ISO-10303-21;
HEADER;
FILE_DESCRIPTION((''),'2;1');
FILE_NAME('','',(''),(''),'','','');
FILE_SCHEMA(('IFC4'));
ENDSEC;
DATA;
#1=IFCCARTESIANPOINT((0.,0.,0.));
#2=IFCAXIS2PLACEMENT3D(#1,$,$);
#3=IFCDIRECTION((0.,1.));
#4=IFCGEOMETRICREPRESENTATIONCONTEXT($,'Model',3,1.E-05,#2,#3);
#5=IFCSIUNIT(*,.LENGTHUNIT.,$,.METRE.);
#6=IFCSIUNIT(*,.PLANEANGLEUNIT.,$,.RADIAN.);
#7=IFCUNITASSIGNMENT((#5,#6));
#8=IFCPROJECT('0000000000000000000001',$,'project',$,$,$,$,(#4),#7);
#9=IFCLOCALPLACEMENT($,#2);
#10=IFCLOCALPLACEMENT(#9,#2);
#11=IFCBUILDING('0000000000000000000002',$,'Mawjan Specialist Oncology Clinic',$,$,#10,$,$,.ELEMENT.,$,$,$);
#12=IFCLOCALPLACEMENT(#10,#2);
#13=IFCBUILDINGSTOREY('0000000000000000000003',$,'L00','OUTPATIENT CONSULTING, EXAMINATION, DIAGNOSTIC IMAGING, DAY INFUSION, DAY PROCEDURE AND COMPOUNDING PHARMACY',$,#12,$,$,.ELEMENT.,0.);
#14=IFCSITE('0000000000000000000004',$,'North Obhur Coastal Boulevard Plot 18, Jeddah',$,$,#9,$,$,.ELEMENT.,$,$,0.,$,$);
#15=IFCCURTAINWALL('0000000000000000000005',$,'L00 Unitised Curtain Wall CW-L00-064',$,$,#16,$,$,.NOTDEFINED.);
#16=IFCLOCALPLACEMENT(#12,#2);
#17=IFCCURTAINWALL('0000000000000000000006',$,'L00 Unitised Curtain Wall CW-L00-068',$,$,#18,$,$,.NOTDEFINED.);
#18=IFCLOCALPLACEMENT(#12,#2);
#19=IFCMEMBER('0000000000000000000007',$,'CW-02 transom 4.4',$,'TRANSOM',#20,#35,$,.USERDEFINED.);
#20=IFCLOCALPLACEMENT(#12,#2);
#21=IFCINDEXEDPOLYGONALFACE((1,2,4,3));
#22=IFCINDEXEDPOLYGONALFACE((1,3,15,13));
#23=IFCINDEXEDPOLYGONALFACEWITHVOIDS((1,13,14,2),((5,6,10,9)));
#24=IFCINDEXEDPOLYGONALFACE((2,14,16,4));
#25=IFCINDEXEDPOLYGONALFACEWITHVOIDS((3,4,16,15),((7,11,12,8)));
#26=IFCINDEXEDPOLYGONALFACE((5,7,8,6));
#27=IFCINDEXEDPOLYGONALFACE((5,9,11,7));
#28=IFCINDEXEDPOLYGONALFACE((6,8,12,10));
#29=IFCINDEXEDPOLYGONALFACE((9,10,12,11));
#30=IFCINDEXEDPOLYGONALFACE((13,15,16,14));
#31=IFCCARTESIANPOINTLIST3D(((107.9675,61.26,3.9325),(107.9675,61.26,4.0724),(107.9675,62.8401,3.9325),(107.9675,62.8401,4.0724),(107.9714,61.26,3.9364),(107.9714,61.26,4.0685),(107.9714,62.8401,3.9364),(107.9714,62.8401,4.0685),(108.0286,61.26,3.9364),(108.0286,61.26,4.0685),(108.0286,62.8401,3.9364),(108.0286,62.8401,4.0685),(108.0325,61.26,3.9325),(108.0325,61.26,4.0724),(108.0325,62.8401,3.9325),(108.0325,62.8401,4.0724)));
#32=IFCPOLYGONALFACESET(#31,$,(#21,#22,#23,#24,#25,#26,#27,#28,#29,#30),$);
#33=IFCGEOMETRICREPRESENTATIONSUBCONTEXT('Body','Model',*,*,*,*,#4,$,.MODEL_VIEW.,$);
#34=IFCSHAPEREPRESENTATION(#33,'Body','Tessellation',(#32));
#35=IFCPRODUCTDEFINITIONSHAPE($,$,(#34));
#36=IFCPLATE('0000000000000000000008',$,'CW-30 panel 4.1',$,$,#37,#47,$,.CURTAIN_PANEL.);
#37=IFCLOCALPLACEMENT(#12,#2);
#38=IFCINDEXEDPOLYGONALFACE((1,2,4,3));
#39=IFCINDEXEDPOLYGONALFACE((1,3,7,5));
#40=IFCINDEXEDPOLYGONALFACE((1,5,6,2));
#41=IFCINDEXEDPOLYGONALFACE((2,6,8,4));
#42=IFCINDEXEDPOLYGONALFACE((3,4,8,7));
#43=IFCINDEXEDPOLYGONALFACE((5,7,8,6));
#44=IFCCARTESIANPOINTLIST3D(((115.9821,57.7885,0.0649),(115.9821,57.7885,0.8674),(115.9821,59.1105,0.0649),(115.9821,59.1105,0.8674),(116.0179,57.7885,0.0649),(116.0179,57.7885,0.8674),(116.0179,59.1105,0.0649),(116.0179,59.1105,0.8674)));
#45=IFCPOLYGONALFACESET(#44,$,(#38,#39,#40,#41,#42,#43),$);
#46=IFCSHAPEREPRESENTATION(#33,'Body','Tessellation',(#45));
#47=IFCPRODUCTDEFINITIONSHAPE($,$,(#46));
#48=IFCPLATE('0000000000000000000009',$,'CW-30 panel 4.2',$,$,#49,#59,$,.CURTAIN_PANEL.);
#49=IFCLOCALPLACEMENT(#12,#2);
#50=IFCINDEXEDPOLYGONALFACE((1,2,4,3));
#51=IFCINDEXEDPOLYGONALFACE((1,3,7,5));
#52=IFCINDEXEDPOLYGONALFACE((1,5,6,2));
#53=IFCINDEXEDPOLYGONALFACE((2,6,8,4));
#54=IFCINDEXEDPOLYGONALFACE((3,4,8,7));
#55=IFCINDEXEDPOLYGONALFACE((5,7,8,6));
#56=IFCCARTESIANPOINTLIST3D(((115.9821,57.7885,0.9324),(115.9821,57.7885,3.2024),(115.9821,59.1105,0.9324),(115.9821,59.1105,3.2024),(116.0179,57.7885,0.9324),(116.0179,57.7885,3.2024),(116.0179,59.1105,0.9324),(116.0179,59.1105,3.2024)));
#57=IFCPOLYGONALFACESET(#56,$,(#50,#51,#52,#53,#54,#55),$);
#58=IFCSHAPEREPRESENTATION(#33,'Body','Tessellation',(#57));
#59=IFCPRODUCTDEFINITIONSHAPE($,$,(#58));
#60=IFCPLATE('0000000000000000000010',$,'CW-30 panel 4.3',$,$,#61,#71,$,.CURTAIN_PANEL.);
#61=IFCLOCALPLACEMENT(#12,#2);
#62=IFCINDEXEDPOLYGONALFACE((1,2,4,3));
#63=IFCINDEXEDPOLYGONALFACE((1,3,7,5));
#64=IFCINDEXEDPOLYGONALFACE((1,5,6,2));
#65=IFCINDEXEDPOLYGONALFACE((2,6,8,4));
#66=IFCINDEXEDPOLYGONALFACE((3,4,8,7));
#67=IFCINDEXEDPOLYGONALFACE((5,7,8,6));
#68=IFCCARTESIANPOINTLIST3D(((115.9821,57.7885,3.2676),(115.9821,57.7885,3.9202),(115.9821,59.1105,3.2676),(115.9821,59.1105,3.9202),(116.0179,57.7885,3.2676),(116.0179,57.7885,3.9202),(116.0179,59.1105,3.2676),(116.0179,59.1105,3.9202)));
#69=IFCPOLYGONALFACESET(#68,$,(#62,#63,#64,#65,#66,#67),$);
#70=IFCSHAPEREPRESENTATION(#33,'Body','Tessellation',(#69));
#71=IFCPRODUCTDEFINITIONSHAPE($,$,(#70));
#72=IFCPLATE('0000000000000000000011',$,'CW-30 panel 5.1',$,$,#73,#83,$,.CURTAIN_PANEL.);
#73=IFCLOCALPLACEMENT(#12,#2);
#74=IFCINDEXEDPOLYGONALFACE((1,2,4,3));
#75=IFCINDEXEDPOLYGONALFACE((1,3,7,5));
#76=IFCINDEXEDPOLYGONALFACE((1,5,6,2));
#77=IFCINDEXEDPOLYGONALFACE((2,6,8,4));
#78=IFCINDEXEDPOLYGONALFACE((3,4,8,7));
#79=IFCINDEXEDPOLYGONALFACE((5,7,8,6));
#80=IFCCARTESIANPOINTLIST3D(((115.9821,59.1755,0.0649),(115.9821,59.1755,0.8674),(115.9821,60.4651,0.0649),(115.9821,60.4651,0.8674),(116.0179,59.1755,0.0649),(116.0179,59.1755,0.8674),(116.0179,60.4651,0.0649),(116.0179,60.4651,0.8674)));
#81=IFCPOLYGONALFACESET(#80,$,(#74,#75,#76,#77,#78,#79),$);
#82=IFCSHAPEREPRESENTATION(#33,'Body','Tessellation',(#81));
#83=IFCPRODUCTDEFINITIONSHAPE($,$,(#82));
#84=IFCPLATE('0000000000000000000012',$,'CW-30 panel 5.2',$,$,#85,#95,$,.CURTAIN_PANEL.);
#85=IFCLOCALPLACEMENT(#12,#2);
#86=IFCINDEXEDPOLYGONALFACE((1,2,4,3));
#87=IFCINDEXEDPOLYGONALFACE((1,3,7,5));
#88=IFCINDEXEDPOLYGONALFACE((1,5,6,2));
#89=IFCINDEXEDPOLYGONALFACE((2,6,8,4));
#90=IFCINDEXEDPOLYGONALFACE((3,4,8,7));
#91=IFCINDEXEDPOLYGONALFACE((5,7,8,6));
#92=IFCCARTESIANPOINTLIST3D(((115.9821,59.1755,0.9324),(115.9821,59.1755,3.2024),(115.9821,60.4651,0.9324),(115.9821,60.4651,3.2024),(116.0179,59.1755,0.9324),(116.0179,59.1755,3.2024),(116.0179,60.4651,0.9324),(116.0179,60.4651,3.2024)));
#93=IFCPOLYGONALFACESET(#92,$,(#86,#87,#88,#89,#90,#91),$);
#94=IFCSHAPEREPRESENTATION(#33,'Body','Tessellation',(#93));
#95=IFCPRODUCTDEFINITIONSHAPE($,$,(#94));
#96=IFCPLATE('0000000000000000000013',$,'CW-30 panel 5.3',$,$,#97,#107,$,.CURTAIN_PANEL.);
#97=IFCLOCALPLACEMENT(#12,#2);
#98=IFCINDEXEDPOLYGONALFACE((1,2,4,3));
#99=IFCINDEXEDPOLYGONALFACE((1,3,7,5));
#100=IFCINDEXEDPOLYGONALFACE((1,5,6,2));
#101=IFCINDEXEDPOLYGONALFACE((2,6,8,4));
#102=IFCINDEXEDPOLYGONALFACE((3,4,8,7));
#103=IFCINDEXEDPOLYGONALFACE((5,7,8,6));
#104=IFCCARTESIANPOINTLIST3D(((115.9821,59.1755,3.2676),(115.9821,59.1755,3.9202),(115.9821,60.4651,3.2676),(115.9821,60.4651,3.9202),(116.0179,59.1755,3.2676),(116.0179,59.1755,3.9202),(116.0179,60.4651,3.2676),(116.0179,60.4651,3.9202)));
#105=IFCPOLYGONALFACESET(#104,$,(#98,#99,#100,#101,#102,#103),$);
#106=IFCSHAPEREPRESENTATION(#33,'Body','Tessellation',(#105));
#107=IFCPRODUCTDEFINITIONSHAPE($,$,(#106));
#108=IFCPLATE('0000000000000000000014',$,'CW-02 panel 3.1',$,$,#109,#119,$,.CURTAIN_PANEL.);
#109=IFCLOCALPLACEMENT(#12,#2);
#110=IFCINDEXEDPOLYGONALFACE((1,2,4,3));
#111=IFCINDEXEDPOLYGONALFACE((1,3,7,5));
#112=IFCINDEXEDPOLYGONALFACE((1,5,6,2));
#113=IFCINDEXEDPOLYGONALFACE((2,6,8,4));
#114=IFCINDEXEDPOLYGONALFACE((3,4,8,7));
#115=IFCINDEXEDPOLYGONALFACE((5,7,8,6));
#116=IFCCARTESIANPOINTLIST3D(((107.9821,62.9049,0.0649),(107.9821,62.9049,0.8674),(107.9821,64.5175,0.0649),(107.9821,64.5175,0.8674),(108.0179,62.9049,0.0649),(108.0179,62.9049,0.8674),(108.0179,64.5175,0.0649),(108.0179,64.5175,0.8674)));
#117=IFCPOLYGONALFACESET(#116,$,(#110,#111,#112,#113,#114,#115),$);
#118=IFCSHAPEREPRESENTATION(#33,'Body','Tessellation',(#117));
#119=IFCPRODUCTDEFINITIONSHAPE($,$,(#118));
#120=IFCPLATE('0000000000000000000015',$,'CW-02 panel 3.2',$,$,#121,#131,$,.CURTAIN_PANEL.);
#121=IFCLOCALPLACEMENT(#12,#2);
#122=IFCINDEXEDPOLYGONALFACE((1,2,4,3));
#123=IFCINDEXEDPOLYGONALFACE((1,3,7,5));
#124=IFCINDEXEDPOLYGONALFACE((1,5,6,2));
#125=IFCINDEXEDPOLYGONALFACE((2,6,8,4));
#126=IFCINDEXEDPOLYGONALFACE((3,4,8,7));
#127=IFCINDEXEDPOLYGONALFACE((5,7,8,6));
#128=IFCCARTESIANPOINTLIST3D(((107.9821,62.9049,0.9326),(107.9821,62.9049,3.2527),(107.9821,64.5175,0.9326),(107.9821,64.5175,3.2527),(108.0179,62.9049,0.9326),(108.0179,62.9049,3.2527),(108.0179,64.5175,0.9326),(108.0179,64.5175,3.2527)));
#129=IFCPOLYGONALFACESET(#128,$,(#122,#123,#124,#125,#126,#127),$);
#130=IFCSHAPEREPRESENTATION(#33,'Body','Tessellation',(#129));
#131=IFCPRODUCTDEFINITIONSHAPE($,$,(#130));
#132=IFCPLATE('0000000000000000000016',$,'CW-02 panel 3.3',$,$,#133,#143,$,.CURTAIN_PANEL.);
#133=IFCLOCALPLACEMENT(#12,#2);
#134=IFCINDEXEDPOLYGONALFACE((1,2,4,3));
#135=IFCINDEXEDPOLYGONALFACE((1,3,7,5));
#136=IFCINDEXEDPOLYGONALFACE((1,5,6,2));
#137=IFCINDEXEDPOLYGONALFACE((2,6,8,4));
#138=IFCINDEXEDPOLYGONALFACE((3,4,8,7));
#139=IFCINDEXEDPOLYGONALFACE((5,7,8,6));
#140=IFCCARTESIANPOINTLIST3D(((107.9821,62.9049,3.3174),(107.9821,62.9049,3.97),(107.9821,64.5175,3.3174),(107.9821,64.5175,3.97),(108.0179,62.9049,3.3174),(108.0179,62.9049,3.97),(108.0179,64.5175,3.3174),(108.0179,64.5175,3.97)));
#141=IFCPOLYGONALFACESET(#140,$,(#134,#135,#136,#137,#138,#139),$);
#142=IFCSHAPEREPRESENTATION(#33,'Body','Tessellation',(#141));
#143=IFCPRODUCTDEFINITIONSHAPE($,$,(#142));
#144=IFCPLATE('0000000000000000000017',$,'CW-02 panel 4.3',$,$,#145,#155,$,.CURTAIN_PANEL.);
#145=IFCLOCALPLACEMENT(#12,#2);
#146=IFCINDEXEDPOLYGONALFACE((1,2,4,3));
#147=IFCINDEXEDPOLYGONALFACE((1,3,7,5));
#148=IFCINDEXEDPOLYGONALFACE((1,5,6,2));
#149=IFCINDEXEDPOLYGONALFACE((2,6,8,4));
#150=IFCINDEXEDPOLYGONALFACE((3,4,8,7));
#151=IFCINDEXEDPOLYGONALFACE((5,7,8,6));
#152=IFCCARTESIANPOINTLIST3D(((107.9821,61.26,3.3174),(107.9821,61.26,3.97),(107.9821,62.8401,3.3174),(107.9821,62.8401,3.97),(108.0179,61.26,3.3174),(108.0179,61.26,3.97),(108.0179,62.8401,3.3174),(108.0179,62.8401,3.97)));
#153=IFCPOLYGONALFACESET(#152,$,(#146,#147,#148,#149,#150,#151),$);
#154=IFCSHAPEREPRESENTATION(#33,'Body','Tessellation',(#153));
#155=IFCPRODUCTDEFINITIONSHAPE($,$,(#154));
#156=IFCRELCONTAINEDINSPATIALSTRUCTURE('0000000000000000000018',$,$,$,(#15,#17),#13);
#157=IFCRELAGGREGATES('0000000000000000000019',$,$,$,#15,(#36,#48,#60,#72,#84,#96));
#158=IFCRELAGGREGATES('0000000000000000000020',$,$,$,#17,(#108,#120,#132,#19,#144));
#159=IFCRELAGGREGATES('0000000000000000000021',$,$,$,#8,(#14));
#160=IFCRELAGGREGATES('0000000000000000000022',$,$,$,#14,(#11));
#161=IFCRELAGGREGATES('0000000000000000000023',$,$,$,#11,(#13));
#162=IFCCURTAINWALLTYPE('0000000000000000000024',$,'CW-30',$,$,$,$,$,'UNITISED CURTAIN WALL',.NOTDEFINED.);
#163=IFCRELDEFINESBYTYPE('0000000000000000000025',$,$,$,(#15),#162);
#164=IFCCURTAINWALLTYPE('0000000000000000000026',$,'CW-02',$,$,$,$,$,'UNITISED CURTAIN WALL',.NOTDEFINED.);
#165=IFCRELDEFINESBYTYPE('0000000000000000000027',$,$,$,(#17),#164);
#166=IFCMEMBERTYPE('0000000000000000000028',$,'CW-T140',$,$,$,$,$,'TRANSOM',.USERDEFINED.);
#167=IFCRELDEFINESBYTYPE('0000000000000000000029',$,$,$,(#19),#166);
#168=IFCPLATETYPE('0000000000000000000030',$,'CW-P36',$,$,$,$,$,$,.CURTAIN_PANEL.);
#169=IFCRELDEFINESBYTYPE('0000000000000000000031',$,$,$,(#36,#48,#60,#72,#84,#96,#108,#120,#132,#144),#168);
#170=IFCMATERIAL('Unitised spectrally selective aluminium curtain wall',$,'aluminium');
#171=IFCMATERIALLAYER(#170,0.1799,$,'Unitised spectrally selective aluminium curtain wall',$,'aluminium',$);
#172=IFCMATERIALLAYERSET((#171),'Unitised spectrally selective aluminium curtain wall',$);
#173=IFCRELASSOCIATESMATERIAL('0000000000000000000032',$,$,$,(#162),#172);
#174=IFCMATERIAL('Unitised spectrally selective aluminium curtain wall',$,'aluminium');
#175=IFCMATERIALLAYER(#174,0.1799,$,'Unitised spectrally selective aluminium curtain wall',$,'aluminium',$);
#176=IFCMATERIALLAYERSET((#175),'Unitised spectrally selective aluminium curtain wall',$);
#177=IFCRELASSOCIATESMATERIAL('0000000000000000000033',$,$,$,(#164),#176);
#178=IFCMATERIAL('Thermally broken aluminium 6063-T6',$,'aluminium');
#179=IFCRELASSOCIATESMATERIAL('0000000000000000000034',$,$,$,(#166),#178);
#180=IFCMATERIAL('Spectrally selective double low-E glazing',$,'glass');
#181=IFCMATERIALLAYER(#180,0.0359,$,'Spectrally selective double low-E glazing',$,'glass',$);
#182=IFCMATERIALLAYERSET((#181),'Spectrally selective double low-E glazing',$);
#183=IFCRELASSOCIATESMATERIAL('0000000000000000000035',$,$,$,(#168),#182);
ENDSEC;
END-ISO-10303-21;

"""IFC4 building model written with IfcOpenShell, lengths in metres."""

from ifc_helpers import new_model, si_unit, direction, frame, origin, origin_2d, place, context, subcontext, project, spatial, rectangle, hollow_rectangle, extrude, material, layer, layer_set, material_profile, profile_set, type_object, element, aggregate, save


model = new_model("IFC4")

# Units and contexts
model_context = context("Model", 3, precision=1e-05, world=origin(), true_north=direction((0.0, 1.0)))
body_context = subcontext(model_context, "Body", "Model", "MODEL_VIEW")
ifc_project = project(units=[si_unit("LENGTHUNIT", "METRE"), si_unit("PLANEANGLEUNIT", "RADIAN")], contexts=[model_context])

# Site, building, storey
site_placement = place(None, origin())
site = spatial("IfcSite", under=ifc_project, at=site_placement, Name="North Obhur Coastal Boulevard Plot 18, Jeddah", CompositionType="ELEMENT", RefElevation=0.0)
building_placement = place(site_placement, origin())
building = spatial("IfcBuilding", under=site, at=building_placement, Name="Mawjan Specialist Oncology Clinic", CompositionType="ELEMENT")
storey_placement = place(building_placement, origin())
storey = spatial("IfcBuildingStorey", under=building, at=storey_placement, Name="L00", Description="OUTPATIENT CONSULTING, EXAMINATION, DIAGNOSTIC IMAGING, DAY INFUSION, DAY PROCEDURE AND COMPOUNDING PHARMACY", CompositionType="ELEMENT", Elevation=0.0)

# Curtain wall
ifc_material_1 = material(Name="Unitised spectrally selective aluminium curtain wall", Category="aluminium")
ifc_layer_1 = layer(ifc_material_1, 0.1799, Name="Unitised spectrally selective aluminium curtain wall", Category="aluminium")
ifc_layer_set_1 = layer_set([ifc_layer_1], Name="Unitised spectrally selective aluminium curtain wall")
curtain_wall_type_1 = type_object("IfcCurtainWallType", Name="CW-30", ElementType="UNITISED CURTAIN WALL", PredefinedType="NOTDEFINED", material=ifc_layer_set_1)
curtain_wall_1_placement = place(storey_placement, origin())
curtain_wall_1 = element("IfcCurtainWall", 1, at=curtain_wall_1_placement, inside=storey, type_object=curtain_wall_type_1, Name="L00 Unitised Curtain Wall CW-L00-064", PredefinedType="NOTDEFINED")

# Curtain wall
ifc_material_2 = material(Name="Unitised spectrally selective aluminium curtain wall", Category="aluminium")
ifc_layer_2 = layer(ifc_material_2, 0.1799, Name="Unitised spectrally selective aluminium curtain wall", Category="aluminium")
ifc_layer_set_2 = layer_set([ifc_layer_2], Name="Unitised spectrally selective aluminium curtain wall")
curtain_wall_type_2 = type_object("IfcCurtainWallType", Name="CW-02", ElementType="UNITISED CURTAIN WALL", PredefinedType="NOTDEFINED", material=ifc_layer_set_2)
curtain_wall_2_placement = place(storey_placement, origin())
curtain_wall_2 = element("IfcCurtainWall", 2, at=curtain_wall_2_placement, inside=storey, type_object=curtain_wall_type_2, Name="L00 Unitised Curtain Wall CW-L00-068", PredefinedType="NOTDEFINED")

# Member
ifc_material_3 = material(Name="Thermally broken aluminium 6063-T6", Category="aluminium")
ifc_material_profile_1 = material_profile(ifc_material_3, hollow_rectangle(XDim=0.0649, YDim=0.1399, WallThickness=0.0039, at=origin_2d()), Name="ALU TRANSOM 140x65x4", Category="aluminium")
ifc_profile_set_1 = profile_set([ifc_material_profile_1], Name="Thermally broken aluminium 6063-T6")
member_type_1 = type_object("IfcMemberType", Name="CW-T140", ElementType="TRANSOM", PredefinedType="USERDEFINED", material=ifc_profile_set_1)
member_1_placement = place(storey_placement, frame((108.0, 62.8401, 4.0024), z_axis=(0.0, -1.0, 0.0), x_axis=(1.0, 0.0, 0.0)))
member_1 = element("IfcMember", 3, at=member_1_placement, type_object=member_type_1, Name="CW-02 transom 4.4", ObjectType="TRANSOM", PredefinedType="USERDEFINED", context=body_context, shape_type="SweptSolid", body=[
    extrude(hollow_rectangle(XDim=0.0649, YDim=0.1399, WallThickness=0.0039, at=origin_2d()), origin(), (0.0, 0.0, 1.0), 1.5801),
])

# Plates
ifc_material_4 = material(Name="Spectrally selective double low-E glazing", Category="glass")
ifc_layer_3 = layer(ifc_material_4, 0.0359, Name="Spectrally selective double low-E glazing", Category="glass")
ifc_layer_set_3 = layer_set([ifc_layer_3], Name="Spectrally selective double low-E glazing")
plate_type = type_object("IfcPlateType", Name="CW-P36", PredefinedType="CURTAIN_PANEL", material=ifc_layer_set_3)
plate_1_placement = place(storey_placement, frame((116.0, 58.4495, 0.0649), z_axis=(0.0, 0.0, 1.0), x_axis=(0.0, 1.0, 0.0)))
plate_1 = element("IfcPlate", 4, at=plate_1_placement, type_object=plate_type, Name="CW-30 panel 4.1", PredefinedType="CURTAIN_PANEL", context=body_context, shape_type="SweptSolid", body=[
    extrude(rectangle(XDim=1.322, YDim=0.0359, at=origin_2d()), origin(), (0.0, 0.0, 1.0), 0.8025),
])
plate_2_placement = place(storey_placement, frame((116.0, 58.4495, 0.9324), z_axis=(0.0, 0.0, 1.0), x_axis=(0.0, 1.0, 0.0)))
plate_2 = element("IfcPlate", 5, at=plate_2_placement, type_object=plate_type, Name="CW-30 panel 4.2", PredefinedType="CURTAIN_PANEL", context=body_context, shape_type="SweptSolid", body=[
    extrude(rectangle(XDim=1.322, YDim=0.0359, at=origin_2d()), origin(), (0.0, 0.0, 1.0), 2.27),
])
plate_3_placement = place(storey_placement, frame((116.0, 58.4495, 3.2676), z_axis=(0.0, 0.0, 1.0), x_axis=(0.0, 1.0, 0.0)))
plate_3 = element("IfcPlate", 6, at=plate_3_placement, type_object=plate_type, Name="CW-30 panel 4.3", PredefinedType="CURTAIN_PANEL", context=body_context, shape_type="SweptSolid", body=[
    extrude(rectangle(XDim=1.322, YDim=0.0359, at=origin_2d()), origin(), (0.0, 0.0, 1.0), 0.6526),
])
plate_4_placement = place(storey_placement, frame((116.0, 59.8203, 0.0649), z_axis=(0.0, 0.0, 1.0), x_axis=(0.0, 1.0, 0.0)))
plate_4 = element("IfcPlate", 7, at=plate_4_placement, type_object=plate_type, Name="CW-30 panel 5.1", PredefinedType="CURTAIN_PANEL", context=body_context, shape_type="SweptSolid", body=[
    extrude(rectangle(XDim=1.2896, YDim=0.0359, at=origin_2d()), origin(), (0.0, 0.0, 1.0), 0.8025),
])
plate_5_placement = place(storey_placement, frame((116.0, 59.8203, 0.9324), z_axis=(0.0, 0.0, 1.0), x_axis=(0.0, 1.0, 0.0)))
plate_5 = element("IfcPlate", 8, at=plate_5_placement, type_object=plate_type, Name="CW-30 panel 5.2", PredefinedType="CURTAIN_PANEL", context=body_context, shape_type="SweptSolid", body=[
    extrude(rectangle(XDim=1.2896, YDim=0.0359, at=origin_2d()), origin(), (0.0, 0.0, 1.0), 2.27),
])
plate_6_placement = place(storey_placement, frame((116.0, 59.8203, 3.2676), z_axis=(0.0, 0.0, 1.0), x_axis=(0.0, 1.0, 0.0)))
plate_6 = element("IfcPlate", 9, at=plate_6_placement, type_object=plate_type, Name="CW-30 panel 5.3", PredefinedType="CURTAIN_PANEL", context=body_context, shape_type="SweptSolid", body=[
    extrude(rectangle(XDim=1.2896, YDim=0.0359, at=origin_2d()), origin(), (0.0, 0.0, 1.0), 0.6526),
])
aggregate(curtain_wall_1, [plate_1, plate_2, plate_3, plate_4, plate_5, plate_6])
plate_7_placement = place(storey_placement, frame((108.0, 63.7112, 0.0649), z_axis=(0.0, 0.0, 1.0), x_axis=(0.0, -1.0, 0.0)))
plate_7 = element("IfcPlate", 10, at=plate_7_placement, type_object=plate_type, Name="CW-02 panel 3.1", PredefinedType="CURTAIN_PANEL", context=body_context, shape_type="SweptSolid", body=[
    extrude(rectangle(XDim=1.6125, YDim=0.0359, at=origin_2d()), origin(), (0.0, 0.0, 1.0), 0.8025),
])
plate_8_placement = place(storey_placement, frame((108.0, 63.7112, 0.9326), z_axis=(0.0, 0.0, 1.0), x_axis=(0.0, -1.0, 0.0)))
plate_8 = element("IfcPlate", 11, at=plate_8_placement, type_object=plate_type, Name="CW-02 panel 3.2", PredefinedType="CURTAIN_PANEL", context=body_context, shape_type="SweptSolid", body=[
    extrude(rectangle(XDim=1.6125, YDim=0.0359, at=origin_2d()), origin(), (0.0, 0.0, 1.0), 2.3201),
])
plate_9_placement = place(storey_placement, frame((108.0, 63.7112, 3.3174), z_axis=(0.0, 0.0, 1.0), x_axis=(0.0, -1.0, 0.0)))
plate_9 = element("IfcPlate", 12, at=plate_9_placement, type_object=plate_type, Name="CW-02 panel 3.3", PredefinedType="CURTAIN_PANEL", context=body_context, shape_type="SweptSolid", body=[
    extrude(rectangle(XDim=1.6125, YDim=0.0359, at=origin_2d()), origin(), (0.0, 0.0, 1.0), 0.6526),
])
plate_10_placement = place(storey_placement, frame((108.0, 62.05, 3.3174), z_axis=(0.0, 0.0, 1.0), x_axis=(0.0, -1.0, 0.0)))
plate_10 = element("IfcPlate", 13, at=plate_10_placement, type_object=plate_type, Name="CW-02 panel 4.3", PredefinedType="CURTAIN_PANEL", context=body_context, shape_type="SweptSolid", body=[
    extrude(rectangle(XDim=1.5801, YDim=0.0359, at=origin_2d()), origin(), (0.0, 0.0, 1.0), 0.6526),
])
aggregate(curtain_wall_2, [plate_7, plate_8, plate_9, member_1, plate_10])

save(model, "model.ifc")
